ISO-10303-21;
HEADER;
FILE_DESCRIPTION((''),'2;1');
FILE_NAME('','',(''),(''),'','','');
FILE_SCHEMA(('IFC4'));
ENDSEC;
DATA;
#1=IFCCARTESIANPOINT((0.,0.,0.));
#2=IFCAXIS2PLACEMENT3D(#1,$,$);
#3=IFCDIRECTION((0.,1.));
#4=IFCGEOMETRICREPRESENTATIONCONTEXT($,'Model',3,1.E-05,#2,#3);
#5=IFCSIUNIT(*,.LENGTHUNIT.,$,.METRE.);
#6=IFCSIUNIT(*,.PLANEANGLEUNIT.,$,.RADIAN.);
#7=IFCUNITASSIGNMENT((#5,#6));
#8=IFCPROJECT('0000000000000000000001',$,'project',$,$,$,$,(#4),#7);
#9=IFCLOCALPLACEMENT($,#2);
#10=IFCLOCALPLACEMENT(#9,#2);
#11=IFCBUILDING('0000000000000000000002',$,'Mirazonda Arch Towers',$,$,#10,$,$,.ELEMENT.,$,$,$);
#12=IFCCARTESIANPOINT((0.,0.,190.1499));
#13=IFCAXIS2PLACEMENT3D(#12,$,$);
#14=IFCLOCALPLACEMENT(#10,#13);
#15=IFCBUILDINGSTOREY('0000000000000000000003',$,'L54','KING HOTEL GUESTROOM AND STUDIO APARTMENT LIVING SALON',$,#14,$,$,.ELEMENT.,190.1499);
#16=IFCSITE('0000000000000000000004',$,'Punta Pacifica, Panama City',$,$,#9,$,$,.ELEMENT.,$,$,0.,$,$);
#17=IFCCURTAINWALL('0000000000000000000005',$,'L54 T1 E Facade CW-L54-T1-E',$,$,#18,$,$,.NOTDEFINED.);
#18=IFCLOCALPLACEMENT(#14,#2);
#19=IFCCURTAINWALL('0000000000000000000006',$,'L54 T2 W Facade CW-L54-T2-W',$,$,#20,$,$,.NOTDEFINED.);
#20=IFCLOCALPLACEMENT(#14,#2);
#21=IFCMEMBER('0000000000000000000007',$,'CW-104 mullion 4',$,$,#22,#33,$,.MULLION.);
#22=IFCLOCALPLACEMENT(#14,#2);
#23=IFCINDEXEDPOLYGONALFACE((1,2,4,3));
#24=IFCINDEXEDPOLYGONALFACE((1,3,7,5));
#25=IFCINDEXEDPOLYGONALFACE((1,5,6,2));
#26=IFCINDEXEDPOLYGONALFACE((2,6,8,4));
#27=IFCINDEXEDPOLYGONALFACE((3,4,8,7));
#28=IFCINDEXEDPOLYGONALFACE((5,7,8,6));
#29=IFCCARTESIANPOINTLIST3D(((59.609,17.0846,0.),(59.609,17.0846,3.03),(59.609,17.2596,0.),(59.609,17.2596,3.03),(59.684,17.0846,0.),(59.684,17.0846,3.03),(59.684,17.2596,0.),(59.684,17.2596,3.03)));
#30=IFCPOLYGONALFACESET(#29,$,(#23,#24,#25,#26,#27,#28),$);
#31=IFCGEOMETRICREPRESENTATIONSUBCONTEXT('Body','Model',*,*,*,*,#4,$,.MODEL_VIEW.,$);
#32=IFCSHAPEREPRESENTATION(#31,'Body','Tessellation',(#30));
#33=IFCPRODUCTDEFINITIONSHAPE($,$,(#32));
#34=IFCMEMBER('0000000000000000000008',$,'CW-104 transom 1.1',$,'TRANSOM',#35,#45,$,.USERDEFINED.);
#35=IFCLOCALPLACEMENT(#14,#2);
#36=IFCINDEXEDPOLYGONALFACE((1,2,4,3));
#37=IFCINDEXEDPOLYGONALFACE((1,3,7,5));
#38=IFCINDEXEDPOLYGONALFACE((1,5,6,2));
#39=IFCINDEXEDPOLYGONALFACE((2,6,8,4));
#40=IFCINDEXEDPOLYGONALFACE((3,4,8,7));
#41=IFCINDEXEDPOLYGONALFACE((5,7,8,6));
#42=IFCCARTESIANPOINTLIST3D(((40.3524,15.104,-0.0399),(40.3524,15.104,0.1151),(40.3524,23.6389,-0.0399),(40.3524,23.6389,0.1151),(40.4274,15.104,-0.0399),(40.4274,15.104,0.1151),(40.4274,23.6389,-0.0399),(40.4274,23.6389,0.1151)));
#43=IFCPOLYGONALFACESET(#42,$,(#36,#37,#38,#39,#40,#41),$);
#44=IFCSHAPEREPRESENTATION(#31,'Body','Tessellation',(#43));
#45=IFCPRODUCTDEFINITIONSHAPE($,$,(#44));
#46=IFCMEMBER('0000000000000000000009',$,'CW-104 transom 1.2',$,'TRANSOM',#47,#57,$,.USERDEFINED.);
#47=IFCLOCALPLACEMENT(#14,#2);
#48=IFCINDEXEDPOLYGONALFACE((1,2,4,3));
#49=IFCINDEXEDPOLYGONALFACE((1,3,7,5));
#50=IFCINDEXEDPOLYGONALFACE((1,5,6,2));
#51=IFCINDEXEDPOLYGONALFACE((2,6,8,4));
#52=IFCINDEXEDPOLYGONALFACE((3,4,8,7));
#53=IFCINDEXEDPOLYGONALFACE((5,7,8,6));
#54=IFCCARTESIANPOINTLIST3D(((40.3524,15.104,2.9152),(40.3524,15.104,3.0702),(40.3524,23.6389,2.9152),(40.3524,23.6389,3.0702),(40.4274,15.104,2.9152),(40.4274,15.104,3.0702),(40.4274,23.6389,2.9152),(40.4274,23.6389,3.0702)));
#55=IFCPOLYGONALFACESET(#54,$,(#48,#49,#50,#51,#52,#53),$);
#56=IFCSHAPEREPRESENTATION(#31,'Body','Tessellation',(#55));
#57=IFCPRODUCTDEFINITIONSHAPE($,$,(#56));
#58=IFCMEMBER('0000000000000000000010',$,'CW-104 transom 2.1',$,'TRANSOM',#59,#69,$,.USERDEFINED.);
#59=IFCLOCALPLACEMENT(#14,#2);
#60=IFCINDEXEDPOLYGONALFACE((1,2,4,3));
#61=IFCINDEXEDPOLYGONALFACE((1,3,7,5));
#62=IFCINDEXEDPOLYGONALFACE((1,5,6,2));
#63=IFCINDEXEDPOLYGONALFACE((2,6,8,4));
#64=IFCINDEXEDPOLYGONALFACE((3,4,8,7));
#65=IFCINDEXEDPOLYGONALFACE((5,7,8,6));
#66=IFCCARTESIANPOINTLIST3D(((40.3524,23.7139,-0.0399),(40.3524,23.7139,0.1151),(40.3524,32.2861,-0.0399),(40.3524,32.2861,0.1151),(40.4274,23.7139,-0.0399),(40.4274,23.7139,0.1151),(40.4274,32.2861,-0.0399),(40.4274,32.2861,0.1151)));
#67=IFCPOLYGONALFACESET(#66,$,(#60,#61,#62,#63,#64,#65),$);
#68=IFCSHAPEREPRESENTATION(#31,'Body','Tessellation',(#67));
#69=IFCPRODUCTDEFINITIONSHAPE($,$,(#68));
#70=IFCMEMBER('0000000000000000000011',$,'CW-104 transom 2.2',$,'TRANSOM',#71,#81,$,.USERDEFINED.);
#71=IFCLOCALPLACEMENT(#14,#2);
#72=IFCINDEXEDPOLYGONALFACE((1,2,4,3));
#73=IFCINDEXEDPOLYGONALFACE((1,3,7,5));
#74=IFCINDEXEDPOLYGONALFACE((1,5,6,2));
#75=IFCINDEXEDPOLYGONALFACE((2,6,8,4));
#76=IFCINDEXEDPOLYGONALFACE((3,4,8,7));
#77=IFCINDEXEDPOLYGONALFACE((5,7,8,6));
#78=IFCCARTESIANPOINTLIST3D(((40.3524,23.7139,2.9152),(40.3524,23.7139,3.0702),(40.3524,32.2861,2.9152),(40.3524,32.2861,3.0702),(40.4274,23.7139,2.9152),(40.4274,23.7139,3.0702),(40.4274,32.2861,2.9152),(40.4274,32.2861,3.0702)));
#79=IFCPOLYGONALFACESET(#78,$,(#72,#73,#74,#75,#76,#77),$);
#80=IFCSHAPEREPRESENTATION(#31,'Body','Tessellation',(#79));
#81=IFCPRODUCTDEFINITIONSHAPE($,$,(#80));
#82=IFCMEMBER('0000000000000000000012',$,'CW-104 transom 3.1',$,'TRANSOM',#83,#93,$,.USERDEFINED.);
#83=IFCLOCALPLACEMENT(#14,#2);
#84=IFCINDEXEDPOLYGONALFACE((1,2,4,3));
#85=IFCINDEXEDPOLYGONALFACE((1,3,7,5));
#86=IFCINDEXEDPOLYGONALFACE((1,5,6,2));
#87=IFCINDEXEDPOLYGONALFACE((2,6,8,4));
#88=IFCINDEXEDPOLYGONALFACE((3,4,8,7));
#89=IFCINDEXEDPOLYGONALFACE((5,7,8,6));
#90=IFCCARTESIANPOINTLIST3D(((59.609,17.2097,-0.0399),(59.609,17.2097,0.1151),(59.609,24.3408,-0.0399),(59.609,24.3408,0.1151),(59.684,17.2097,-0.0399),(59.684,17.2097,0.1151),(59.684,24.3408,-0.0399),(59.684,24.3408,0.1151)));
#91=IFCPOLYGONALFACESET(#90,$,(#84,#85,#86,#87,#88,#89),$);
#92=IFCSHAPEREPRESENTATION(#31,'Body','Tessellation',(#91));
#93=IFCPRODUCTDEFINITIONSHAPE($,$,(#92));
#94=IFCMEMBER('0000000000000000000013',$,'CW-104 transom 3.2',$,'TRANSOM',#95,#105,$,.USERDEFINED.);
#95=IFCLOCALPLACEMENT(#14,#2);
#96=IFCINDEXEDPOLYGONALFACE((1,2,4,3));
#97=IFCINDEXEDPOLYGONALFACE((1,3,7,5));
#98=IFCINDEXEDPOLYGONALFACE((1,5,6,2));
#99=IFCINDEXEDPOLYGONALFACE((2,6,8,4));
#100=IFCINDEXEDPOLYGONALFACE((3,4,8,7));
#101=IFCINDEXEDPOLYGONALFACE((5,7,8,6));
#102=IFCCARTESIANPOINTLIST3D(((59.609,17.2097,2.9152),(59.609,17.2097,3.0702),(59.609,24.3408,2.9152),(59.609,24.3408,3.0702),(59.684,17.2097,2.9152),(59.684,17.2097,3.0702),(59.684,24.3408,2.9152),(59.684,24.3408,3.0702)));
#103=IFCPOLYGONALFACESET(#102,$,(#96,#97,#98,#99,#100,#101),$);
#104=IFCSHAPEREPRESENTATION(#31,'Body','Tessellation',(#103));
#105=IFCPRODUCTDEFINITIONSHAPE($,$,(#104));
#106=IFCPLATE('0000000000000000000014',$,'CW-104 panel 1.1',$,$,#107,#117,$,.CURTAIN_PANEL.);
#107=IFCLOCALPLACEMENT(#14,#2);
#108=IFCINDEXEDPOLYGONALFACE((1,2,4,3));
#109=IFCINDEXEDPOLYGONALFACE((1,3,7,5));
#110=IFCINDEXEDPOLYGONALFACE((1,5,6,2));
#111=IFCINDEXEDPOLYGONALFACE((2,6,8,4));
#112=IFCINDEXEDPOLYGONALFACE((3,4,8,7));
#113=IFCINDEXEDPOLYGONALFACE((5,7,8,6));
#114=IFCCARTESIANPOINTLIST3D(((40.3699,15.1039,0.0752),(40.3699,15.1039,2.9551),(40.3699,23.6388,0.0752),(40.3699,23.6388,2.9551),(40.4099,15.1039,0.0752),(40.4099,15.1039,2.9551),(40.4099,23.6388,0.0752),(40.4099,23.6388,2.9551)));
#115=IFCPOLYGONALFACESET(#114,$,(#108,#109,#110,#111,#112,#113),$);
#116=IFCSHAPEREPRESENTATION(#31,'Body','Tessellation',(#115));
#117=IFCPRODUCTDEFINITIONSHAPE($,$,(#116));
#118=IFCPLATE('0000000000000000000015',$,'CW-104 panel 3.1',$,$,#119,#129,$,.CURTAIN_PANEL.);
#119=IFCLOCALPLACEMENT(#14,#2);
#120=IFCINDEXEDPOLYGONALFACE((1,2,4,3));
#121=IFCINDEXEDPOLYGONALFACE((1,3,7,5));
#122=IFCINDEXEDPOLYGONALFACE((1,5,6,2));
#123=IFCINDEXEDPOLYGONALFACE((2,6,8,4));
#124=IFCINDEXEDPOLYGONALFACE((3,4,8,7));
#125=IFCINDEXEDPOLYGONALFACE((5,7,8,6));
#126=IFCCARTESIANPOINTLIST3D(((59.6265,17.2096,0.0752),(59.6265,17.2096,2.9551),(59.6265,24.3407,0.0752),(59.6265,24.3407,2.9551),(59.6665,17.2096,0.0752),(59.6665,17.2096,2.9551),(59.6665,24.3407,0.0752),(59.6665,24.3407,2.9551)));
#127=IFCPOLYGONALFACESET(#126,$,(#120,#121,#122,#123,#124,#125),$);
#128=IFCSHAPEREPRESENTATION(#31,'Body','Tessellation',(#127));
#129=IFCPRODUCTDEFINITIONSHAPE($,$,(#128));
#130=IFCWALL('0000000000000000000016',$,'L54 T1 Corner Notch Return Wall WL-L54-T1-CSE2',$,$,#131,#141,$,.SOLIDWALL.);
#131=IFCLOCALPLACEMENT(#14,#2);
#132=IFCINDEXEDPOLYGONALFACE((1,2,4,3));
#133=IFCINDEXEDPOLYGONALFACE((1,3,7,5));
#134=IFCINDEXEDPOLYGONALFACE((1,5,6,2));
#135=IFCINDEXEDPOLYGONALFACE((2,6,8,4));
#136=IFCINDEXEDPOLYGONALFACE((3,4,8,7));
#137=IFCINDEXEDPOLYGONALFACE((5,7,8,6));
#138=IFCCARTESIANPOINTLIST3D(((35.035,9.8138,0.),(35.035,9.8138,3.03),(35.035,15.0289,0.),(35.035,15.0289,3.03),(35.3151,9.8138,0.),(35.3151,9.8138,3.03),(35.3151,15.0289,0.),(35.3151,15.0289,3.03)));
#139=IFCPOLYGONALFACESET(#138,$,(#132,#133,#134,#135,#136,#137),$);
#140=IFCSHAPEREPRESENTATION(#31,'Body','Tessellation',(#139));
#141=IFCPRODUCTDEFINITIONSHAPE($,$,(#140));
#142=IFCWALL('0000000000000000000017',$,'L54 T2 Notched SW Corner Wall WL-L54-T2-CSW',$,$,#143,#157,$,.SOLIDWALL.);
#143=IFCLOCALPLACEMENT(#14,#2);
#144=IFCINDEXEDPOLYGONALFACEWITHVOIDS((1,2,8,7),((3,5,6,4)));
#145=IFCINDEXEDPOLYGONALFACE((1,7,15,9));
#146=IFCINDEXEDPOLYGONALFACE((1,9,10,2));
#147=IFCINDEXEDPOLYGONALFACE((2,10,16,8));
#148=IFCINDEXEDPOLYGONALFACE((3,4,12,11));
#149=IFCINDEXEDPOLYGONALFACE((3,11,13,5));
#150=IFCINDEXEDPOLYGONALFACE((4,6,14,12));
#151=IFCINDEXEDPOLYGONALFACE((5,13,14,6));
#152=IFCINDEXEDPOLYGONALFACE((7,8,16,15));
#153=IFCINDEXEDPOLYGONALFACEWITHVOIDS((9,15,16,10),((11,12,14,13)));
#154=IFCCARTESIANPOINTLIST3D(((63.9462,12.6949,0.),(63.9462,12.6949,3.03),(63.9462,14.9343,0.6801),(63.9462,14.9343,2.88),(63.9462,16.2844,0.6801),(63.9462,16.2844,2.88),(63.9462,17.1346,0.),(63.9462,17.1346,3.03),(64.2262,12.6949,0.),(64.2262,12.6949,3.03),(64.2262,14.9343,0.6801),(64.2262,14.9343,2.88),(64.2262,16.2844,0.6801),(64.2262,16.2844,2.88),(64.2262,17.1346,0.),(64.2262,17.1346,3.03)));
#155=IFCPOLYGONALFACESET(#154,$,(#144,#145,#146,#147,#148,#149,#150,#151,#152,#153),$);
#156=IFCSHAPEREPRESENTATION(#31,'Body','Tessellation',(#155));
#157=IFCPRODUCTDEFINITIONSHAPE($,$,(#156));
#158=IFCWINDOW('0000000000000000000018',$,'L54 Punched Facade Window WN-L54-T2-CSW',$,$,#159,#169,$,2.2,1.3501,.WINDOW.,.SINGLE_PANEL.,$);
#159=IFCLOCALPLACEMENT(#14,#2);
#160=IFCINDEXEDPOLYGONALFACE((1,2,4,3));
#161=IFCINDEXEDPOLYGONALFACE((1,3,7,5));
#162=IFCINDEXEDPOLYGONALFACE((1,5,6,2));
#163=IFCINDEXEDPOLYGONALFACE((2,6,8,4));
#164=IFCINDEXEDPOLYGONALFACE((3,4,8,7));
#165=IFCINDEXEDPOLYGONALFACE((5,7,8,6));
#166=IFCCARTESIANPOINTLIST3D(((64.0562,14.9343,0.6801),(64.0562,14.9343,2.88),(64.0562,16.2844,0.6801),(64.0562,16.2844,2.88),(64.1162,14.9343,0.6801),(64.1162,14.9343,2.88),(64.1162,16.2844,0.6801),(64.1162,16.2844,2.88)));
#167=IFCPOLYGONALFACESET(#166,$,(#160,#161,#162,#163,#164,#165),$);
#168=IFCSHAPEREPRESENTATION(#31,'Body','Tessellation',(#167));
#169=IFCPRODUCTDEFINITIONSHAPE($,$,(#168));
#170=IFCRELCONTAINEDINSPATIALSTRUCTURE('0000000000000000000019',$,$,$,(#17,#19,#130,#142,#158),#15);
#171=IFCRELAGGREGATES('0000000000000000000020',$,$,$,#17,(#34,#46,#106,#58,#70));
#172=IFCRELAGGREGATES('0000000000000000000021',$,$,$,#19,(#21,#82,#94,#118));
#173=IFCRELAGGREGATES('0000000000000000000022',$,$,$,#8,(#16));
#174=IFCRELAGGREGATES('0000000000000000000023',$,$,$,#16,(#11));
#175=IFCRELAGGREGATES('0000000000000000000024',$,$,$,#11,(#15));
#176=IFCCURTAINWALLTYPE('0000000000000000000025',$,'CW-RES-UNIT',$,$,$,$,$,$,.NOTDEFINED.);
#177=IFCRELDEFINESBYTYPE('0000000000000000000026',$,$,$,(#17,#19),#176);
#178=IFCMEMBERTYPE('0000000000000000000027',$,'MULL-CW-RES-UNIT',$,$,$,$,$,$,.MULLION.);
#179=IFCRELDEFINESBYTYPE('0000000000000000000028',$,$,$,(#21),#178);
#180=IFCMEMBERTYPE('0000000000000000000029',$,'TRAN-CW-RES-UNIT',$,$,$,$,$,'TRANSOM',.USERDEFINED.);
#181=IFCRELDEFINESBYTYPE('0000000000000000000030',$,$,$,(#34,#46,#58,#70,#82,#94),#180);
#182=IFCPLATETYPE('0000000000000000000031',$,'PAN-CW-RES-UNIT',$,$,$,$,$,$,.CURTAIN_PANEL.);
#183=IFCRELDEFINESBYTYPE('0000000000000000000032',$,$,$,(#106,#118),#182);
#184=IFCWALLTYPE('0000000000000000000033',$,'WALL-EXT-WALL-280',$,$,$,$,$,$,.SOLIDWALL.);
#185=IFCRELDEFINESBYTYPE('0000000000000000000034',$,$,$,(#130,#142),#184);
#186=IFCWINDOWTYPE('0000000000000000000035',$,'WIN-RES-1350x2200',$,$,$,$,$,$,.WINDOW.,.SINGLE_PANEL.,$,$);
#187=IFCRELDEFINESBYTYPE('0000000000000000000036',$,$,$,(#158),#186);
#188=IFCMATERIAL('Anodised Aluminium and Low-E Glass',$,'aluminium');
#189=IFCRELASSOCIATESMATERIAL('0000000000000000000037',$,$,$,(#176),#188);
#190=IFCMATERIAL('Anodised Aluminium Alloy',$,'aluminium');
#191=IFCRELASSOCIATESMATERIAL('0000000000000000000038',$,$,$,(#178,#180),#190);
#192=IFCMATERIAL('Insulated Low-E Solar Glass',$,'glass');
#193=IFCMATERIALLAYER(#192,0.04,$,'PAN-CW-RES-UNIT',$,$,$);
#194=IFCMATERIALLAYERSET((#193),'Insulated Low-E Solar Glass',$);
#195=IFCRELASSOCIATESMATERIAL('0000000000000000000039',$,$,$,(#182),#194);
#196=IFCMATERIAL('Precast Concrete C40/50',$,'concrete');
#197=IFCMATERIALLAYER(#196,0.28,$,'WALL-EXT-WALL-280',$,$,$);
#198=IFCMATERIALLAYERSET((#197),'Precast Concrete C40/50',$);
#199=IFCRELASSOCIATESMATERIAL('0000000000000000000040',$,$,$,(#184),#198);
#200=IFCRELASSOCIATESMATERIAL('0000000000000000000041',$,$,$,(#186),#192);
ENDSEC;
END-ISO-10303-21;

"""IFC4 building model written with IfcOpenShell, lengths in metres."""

from ifc_helpers import new_model, si_unit, direction, frame, frame_2d, origin, origin_2d, place, context, subcontext, project, spatial, rectangle, extrude, material, layer, layer_set, material_profile, profile_set, type_object, element, fill, aggregate, save


model = new_model("IFC4")

# Units and contexts
model_context = context("Model", 3, precision=1e-05, world=origin(), true_north=direction((0.0, 1.0)))
body_context = subcontext(model_context, "Body", "Model", "MODEL_VIEW")
ifc_project = project(units=[si_unit("LENGTHUNIT", "METRE"), si_unit("PLANEANGLEUNIT", "RADIAN")], contexts=[model_context])

# Site, building, storey
site_placement = place(None, origin())
site = spatial("IfcSite", under=ifc_project, at=site_placement, Name="Punta Pacifica, Panama City", CompositionType="ELEMENT", RefElevation=0.0)
building_placement = place(site_placement, origin())
building = spatial("IfcBuilding", under=site, at=building_placement, Name="Mirazonda Arch Towers", CompositionType="ELEMENT")
storey_placement = place(building_placement, frame((0.0, 0.0, 190.1499)))
storey = spatial("IfcBuildingStorey", under=building, at=storey_placement, Name="L54", Description="KING HOTEL GUESTROOM AND STUDIO APARTMENT LIVING SALON", CompositionType="ELEMENT", Elevation=190.1499)

# Curtain wall
ifc_material_1 = material(Name="Anodised Aluminium and Low-E Glass", Category="aluminium")
curtain_wall_type = type_object("IfcCurtainWallType", Name="CW-RES-UNIT", PredefinedType="NOTDEFINED", material=ifc_material_1)
curtain_wall_1_placement = place(storey_placement, origin())
curtain_wall_1 = element("IfcCurtainWall", 1, at=curtain_wall_1_placement, inside=storey, type_object=curtain_wall_type, Name="L54 T1 E Facade CW-L54-T1-E", PredefinedType="NOTDEFINED")
ifc_material_2 = material(Name="Anodised Aluminium Alloy", Category="aluminium")
ifc_material_profile_1 = material_profile(ifc_material_2, rectangle(XDim=0.075, YDim=0.175, at=origin_2d()), Name="ALU-MULL-75x175")
ifc_profile_set_1 = profile_set([ifc_material_profile_1], Name="Anodised Aluminium Alloy")
member_type_1 = type_object("IfcMemberType", Name="MULL-CW-RES-UNIT", PredefinedType="MULLION", material=ifc_profile_set_1)

# Curtain wall, member
curtain_wall_2_placement = place(storey_placement, origin())
curtain_wall_2 = element("IfcCurtainWall", 2, at=curtain_wall_2_placement, inside=storey, type_object=curtain_wall_type, Name="L54 T2 W Facade CW-L54-T2-W", PredefinedType="NOTDEFINED")
member_1_placement = place(storey_placement, frame((59.6465, 17.1721, 0.0), z_axis=(0.0, 0.0, 1.0), x_axis=(1.0, 0.0, 0.0)))
member_1 = element("IfcMember", 3, at=member_1_placement, type_object=member_type_1, Name="CW-104 mullion 4", PredefinedType="MULLION", context=body_context, shape_type="SweptSolid", body=[
    extrude(rectangle(XDim=0.075, YDim=0.175, at=origin_2d()), origin(), (0.0, 0.0, 1.0), 3.03),
])

# Members
ifc_material_profile_2 = material_profile(ifc_material_2, rectangle(XDim=0.075, YDim=0.155, at=origin_2d()), Name="ALU-TRAN-75x155")
ifc_profile_set_2 = profile_set([ifc_material_profile_2], Name="Anodised Aluminium Alloy")
member_type_2 = type_object("IfcMemberType", Name="TRAN-CW-RES-UNIT", ElementType="TRANSOM", PredefinedType="USERDEFINED", material=ifc_profile_set_2)
member_2_placement = place(storey_placement, frame((40.3899, 15.104, 0.0376), z_axis=(0.0, 1.0, 0.0), x_axis=(-1.0, 0.0, 0.0)))
member_2 = element("IfcMember", 4, at=member_2_placement, type_object=member_type_2, Name="CW-104 transom 1.1", ObjectType="TRANSOM", PredefinedType="USERDEFINED", context=body_context, shape_type="SweptSolid", body=[
    extrude(rectangle(XDim=0.075, YDim=0.155, at=origin_2d()), origin(), (0.0, 0.0, 1.0), 8.5349),
])
member_3_placement = place(storey_placement, frame((40.3899, 15.104, 2.9927), z_axis=(0.0, 1.0, 0.0), x_axis=(-1.0, 0.0, 0.0)))
member_3 = element("IfcMember", 5, at=member_3_placement, type_object=member_type_2, Name="CW-104 transom 1.2", ObjectType="TRANSOM", PredefinedType="USERDEFINED", context=body_context, shape_type="SweptSolid", body=[
    extrude(rectangle(XDim=0.075, YDim=0.155, at=origin_2d()), origin(), (0.0, 0.0, 1.0), 8.5349),
])
member_4_placement = place(storey_placement, frame((40.3899, 23.7139, 0.0376), z_axis=(0.0, 1.0, 0.0), x_axis=(-1.0, 0.0, 0.0)))
member_4 = element("IfcMember", 6, at=member_4_placement, type_object=member_type_2, Name="CW-104 transom 2.1", ObjectType="TRANSOM", PredefinedType="USERDEFINED", context=body_context, shape_type="SweptSolid", body=[
    extrude(rectangle(XDim=0.075, YDim=0.155, at=origin_2d()), origin(), (0.0, 0.0, 1.0), 8.5723),
])
member_5_placement = place(storey_placement, frame((40.3899, 23.7139, 2.9927), z_axis=(0.0, 1.0, 0.0), x_axis=(-1.0, 0.0, 0.0)))
member_5 = element("IfcMember", 7, at=member_5_placement, type_object=member_type_2, Name="CW-104 transom 2.2", ObjectType="TRANSOM", PredefinedType="USERDEFINED", context=body_context, shape_type="SweptSolid", body=[
    extrude(rectangle(XDim=0.075, YDim=0.155, at=origin_2d()), origin(), (0.0, 0.0, 1.0), 8.5723),
])
member_6_placement = place(storey_placement, frame((59.6465, 24.3408, 0.0376), z_axis=(0.0, -1.0, 0.0), x_axis=(1.0, 0.0, 0.0)))
member_6 = element("IfcMember", 8, at=member_6_placement, type_object=member_type_2, Name="CW-104 transom 3.1", ObjectType="TRANSOM", PredefinedType="USERDEFINED", context=body_context, shape_type="SweptSolid", body=[
    extrude(rectangle(XDim=0.075, YDim=0.155, at=origin_2d()), origin(), (0.0, 0.0, 1.0), 7.1311),
])
member_7_placement = place(storey_placement, frame((59.6465, 24.3408, 2.9927), z_axis=(0.0, -1.0, 0.0), x_axis=(1.0, 0.0, 0.0)))
member_7 = element("IfcMember", 9, at=member_7_placement, type_object=member_type_2, Name="CW-104 transom 3.2", ObjectType="TRANSOM", PredefinedType="USERDEFINED", context=body_context, shape_type="SweptSolid", body=[
    extrude(rectangle(XDim=0.075, YDim=0.155, at=origin_2d()), origin(), (0.0, 0.0, 1.0), 7.1311),
])

# Plates
ifc_material_3 = material(Name="Insulated Low-E Solar Glass", Category="glass")
ifc_layer_1 = layer(ifc_material_3, 0.04, Name="PAN-CW-RES-UNIT")
ifc_layer_set_1 = layer_set([ifc_layer_1], Name="Insulated Low-E Solar Glass")
plate_type = type_object("IfcPlateType", Name="PAN-CW-RES-UNIT", PredefinedType="CURTAIN_PANEL", material=ifc_layer_set_1)
plate_1_placement = place(storey_placement, frame((40.3899, 19.3713, 0.0752), z_axis=(0.0, 0.0, 1.0), x_axis=(0.0, 1.0, 0.0)))
plate_1 = element("IfcPlate", 10, at=plate_1_placement, type_object=plate_type, Name="CW-104 panel 1.1", PredefinedType="CURTAIN_PANEL", context=body_context, shape_type="SweptSolid", body=[
    extrude(rectangle(XDim=8.5349, YDim=0.04, at=origin_2d()), origin(), (0.0, 0.0, 1.0), 2.8799),
])
aggregate(curtain_wall_1, [member_2, member_3, plate_1, member_4, member_5])
plate_2_placement = place(storey_placement, frame((59.6465, 20.7751, 0.0752), z_axis=(0.0, 0.0, 1.0), x_axis=(0.0, -1.0, 0.0)))
plate_2 = element("IfcPlate", 11, at=plate_2_placement, type_object=plate_type, Name="CW-104 panel 3.1", PredefinedType="CURTAIN_PANEL", context=body_context, shape_type="SweptSolid", body=[
    extrude(rectangle(XDim=7.1311, YDim=0.04, at=origin_2d()), origin(), (0.0, 0.0, 1.0), 2.8799),
])
aggregate(curtain_wall_2, [member_1, member_6, member_7, plate_2])

# Wall
ifc_material_4 = material(Name="Precast Concrete C40/50", Category="concrete")
ifc_layer_2 = layer(ifc_material_4, 0.28, Name="WALL-EXT-WALL-280")
ifc_layer_set_2 = layer_set([ifc_layer_2], Name="Precast Concrete C40/50")
wall_type_1 = type_object("IfcWallType", Name="WALL-EXT-WALL-280", PredefinedType="SOLIDWALL", material=ifc_layer_set_2)
wall_1_placement = place(storey_placement, frame((35.175, 9.814, 0.0), z_axis=(0.0, 0.0, 1.0), x_axis=(0.0, 1.0, 0.0)))
element("IfcWall", 12, at=wall_1_placement, inside=storey, type_object=wall_type_1, Name="L54 T1 Corner Notch Return Wall WL-L54-T1-CSE2", PredefinedType="SOLIDWALL", context=body_context, shape_type="SweptSolid", body=[
    extrude(rectangle(XDim=5.2151, YDim=0.28, at=frame_2d((2.6074, 0.0))), origin(), (0.0, 0.0, 1.0), 3.03),
])

# Wall, opening, window
wall_2_placement = place(storey_placement, frame((64.0862, 17.1345, 0.0), z_axis=(0.0, 0.0, 1.0), x_axis=(0.0, -1.0, 0.0)))
wall_2 = element("IfcWall", 13, at=wall_2_placement, inside=storey, type_object=wall_type_1, Name="L54 T2 Notched SW Corner Wall WL-L54-T2-CSW", PredefinedType="SOLIDWALL", context=body_context, shape_type="SweptSolid", body=[
    extrude(rectangle(XDim=4.4397, YDim=0.28, at=frame_2d((2.2197, 0.0))), origin(), (0.0, 0.0, 1.0), 3.03),
])
opening_1_placement = place(wall_2_placement, frame((0.8501, 0.0, 0.6799)))
opening_1 = element("IfcOpeningElement", 14, at=opening_1_placement, cuts=wall_2, PredefinedType="OPENING", context=body_context, shape_type="SweptSolid", body=[
    extrude(rectangle(XDim=1.3501, YDim=2.2, at=frame_2d((0.675, 1.1001))), frame((0.0, 0.1499, 0.0), z_axis=(0.0, -1.0, 0.0), x_axis=(1.0, 0.0, 0.0)), (0.0, 0.0, 1.0), 0.3),
])
window_type_1 = type_object("IfcWindowType", Name="WIN-RES-1350x2200", PartitioningType="SINGLE_PANEL", PredefinedType="WINDOW", material=ifc_material_3)
window_1_placement = place(opening_1_placement, origin())
window_1 = element("IfcWindow", 15, at=window_1_placement, inside=storey, type_object=window_type_1, Name="L54 Punched Facade Window WN-L54-T2-CSW", OverallHeight=2.2, OverallWidth=1.3501, PartitioningType="SINGLE_PANEL", PredefinedType="WINDOW", context=body_context, shape_type="SweptSolid", body=[
    extrude(rectangle(XDim=1.3501, YDim=2.2, at=frame_2d((0.675, 1.1001))), frame((0.0, 0.03, 0.0), z_axis=(0.0, -1.0, 0.0), x_axis=(1.0, 0.0, 0.0)), (0.0, 0.0, 1.0), 0.0601),
])
fill(opening_1, window_1)

save(model, "model.ifc")
